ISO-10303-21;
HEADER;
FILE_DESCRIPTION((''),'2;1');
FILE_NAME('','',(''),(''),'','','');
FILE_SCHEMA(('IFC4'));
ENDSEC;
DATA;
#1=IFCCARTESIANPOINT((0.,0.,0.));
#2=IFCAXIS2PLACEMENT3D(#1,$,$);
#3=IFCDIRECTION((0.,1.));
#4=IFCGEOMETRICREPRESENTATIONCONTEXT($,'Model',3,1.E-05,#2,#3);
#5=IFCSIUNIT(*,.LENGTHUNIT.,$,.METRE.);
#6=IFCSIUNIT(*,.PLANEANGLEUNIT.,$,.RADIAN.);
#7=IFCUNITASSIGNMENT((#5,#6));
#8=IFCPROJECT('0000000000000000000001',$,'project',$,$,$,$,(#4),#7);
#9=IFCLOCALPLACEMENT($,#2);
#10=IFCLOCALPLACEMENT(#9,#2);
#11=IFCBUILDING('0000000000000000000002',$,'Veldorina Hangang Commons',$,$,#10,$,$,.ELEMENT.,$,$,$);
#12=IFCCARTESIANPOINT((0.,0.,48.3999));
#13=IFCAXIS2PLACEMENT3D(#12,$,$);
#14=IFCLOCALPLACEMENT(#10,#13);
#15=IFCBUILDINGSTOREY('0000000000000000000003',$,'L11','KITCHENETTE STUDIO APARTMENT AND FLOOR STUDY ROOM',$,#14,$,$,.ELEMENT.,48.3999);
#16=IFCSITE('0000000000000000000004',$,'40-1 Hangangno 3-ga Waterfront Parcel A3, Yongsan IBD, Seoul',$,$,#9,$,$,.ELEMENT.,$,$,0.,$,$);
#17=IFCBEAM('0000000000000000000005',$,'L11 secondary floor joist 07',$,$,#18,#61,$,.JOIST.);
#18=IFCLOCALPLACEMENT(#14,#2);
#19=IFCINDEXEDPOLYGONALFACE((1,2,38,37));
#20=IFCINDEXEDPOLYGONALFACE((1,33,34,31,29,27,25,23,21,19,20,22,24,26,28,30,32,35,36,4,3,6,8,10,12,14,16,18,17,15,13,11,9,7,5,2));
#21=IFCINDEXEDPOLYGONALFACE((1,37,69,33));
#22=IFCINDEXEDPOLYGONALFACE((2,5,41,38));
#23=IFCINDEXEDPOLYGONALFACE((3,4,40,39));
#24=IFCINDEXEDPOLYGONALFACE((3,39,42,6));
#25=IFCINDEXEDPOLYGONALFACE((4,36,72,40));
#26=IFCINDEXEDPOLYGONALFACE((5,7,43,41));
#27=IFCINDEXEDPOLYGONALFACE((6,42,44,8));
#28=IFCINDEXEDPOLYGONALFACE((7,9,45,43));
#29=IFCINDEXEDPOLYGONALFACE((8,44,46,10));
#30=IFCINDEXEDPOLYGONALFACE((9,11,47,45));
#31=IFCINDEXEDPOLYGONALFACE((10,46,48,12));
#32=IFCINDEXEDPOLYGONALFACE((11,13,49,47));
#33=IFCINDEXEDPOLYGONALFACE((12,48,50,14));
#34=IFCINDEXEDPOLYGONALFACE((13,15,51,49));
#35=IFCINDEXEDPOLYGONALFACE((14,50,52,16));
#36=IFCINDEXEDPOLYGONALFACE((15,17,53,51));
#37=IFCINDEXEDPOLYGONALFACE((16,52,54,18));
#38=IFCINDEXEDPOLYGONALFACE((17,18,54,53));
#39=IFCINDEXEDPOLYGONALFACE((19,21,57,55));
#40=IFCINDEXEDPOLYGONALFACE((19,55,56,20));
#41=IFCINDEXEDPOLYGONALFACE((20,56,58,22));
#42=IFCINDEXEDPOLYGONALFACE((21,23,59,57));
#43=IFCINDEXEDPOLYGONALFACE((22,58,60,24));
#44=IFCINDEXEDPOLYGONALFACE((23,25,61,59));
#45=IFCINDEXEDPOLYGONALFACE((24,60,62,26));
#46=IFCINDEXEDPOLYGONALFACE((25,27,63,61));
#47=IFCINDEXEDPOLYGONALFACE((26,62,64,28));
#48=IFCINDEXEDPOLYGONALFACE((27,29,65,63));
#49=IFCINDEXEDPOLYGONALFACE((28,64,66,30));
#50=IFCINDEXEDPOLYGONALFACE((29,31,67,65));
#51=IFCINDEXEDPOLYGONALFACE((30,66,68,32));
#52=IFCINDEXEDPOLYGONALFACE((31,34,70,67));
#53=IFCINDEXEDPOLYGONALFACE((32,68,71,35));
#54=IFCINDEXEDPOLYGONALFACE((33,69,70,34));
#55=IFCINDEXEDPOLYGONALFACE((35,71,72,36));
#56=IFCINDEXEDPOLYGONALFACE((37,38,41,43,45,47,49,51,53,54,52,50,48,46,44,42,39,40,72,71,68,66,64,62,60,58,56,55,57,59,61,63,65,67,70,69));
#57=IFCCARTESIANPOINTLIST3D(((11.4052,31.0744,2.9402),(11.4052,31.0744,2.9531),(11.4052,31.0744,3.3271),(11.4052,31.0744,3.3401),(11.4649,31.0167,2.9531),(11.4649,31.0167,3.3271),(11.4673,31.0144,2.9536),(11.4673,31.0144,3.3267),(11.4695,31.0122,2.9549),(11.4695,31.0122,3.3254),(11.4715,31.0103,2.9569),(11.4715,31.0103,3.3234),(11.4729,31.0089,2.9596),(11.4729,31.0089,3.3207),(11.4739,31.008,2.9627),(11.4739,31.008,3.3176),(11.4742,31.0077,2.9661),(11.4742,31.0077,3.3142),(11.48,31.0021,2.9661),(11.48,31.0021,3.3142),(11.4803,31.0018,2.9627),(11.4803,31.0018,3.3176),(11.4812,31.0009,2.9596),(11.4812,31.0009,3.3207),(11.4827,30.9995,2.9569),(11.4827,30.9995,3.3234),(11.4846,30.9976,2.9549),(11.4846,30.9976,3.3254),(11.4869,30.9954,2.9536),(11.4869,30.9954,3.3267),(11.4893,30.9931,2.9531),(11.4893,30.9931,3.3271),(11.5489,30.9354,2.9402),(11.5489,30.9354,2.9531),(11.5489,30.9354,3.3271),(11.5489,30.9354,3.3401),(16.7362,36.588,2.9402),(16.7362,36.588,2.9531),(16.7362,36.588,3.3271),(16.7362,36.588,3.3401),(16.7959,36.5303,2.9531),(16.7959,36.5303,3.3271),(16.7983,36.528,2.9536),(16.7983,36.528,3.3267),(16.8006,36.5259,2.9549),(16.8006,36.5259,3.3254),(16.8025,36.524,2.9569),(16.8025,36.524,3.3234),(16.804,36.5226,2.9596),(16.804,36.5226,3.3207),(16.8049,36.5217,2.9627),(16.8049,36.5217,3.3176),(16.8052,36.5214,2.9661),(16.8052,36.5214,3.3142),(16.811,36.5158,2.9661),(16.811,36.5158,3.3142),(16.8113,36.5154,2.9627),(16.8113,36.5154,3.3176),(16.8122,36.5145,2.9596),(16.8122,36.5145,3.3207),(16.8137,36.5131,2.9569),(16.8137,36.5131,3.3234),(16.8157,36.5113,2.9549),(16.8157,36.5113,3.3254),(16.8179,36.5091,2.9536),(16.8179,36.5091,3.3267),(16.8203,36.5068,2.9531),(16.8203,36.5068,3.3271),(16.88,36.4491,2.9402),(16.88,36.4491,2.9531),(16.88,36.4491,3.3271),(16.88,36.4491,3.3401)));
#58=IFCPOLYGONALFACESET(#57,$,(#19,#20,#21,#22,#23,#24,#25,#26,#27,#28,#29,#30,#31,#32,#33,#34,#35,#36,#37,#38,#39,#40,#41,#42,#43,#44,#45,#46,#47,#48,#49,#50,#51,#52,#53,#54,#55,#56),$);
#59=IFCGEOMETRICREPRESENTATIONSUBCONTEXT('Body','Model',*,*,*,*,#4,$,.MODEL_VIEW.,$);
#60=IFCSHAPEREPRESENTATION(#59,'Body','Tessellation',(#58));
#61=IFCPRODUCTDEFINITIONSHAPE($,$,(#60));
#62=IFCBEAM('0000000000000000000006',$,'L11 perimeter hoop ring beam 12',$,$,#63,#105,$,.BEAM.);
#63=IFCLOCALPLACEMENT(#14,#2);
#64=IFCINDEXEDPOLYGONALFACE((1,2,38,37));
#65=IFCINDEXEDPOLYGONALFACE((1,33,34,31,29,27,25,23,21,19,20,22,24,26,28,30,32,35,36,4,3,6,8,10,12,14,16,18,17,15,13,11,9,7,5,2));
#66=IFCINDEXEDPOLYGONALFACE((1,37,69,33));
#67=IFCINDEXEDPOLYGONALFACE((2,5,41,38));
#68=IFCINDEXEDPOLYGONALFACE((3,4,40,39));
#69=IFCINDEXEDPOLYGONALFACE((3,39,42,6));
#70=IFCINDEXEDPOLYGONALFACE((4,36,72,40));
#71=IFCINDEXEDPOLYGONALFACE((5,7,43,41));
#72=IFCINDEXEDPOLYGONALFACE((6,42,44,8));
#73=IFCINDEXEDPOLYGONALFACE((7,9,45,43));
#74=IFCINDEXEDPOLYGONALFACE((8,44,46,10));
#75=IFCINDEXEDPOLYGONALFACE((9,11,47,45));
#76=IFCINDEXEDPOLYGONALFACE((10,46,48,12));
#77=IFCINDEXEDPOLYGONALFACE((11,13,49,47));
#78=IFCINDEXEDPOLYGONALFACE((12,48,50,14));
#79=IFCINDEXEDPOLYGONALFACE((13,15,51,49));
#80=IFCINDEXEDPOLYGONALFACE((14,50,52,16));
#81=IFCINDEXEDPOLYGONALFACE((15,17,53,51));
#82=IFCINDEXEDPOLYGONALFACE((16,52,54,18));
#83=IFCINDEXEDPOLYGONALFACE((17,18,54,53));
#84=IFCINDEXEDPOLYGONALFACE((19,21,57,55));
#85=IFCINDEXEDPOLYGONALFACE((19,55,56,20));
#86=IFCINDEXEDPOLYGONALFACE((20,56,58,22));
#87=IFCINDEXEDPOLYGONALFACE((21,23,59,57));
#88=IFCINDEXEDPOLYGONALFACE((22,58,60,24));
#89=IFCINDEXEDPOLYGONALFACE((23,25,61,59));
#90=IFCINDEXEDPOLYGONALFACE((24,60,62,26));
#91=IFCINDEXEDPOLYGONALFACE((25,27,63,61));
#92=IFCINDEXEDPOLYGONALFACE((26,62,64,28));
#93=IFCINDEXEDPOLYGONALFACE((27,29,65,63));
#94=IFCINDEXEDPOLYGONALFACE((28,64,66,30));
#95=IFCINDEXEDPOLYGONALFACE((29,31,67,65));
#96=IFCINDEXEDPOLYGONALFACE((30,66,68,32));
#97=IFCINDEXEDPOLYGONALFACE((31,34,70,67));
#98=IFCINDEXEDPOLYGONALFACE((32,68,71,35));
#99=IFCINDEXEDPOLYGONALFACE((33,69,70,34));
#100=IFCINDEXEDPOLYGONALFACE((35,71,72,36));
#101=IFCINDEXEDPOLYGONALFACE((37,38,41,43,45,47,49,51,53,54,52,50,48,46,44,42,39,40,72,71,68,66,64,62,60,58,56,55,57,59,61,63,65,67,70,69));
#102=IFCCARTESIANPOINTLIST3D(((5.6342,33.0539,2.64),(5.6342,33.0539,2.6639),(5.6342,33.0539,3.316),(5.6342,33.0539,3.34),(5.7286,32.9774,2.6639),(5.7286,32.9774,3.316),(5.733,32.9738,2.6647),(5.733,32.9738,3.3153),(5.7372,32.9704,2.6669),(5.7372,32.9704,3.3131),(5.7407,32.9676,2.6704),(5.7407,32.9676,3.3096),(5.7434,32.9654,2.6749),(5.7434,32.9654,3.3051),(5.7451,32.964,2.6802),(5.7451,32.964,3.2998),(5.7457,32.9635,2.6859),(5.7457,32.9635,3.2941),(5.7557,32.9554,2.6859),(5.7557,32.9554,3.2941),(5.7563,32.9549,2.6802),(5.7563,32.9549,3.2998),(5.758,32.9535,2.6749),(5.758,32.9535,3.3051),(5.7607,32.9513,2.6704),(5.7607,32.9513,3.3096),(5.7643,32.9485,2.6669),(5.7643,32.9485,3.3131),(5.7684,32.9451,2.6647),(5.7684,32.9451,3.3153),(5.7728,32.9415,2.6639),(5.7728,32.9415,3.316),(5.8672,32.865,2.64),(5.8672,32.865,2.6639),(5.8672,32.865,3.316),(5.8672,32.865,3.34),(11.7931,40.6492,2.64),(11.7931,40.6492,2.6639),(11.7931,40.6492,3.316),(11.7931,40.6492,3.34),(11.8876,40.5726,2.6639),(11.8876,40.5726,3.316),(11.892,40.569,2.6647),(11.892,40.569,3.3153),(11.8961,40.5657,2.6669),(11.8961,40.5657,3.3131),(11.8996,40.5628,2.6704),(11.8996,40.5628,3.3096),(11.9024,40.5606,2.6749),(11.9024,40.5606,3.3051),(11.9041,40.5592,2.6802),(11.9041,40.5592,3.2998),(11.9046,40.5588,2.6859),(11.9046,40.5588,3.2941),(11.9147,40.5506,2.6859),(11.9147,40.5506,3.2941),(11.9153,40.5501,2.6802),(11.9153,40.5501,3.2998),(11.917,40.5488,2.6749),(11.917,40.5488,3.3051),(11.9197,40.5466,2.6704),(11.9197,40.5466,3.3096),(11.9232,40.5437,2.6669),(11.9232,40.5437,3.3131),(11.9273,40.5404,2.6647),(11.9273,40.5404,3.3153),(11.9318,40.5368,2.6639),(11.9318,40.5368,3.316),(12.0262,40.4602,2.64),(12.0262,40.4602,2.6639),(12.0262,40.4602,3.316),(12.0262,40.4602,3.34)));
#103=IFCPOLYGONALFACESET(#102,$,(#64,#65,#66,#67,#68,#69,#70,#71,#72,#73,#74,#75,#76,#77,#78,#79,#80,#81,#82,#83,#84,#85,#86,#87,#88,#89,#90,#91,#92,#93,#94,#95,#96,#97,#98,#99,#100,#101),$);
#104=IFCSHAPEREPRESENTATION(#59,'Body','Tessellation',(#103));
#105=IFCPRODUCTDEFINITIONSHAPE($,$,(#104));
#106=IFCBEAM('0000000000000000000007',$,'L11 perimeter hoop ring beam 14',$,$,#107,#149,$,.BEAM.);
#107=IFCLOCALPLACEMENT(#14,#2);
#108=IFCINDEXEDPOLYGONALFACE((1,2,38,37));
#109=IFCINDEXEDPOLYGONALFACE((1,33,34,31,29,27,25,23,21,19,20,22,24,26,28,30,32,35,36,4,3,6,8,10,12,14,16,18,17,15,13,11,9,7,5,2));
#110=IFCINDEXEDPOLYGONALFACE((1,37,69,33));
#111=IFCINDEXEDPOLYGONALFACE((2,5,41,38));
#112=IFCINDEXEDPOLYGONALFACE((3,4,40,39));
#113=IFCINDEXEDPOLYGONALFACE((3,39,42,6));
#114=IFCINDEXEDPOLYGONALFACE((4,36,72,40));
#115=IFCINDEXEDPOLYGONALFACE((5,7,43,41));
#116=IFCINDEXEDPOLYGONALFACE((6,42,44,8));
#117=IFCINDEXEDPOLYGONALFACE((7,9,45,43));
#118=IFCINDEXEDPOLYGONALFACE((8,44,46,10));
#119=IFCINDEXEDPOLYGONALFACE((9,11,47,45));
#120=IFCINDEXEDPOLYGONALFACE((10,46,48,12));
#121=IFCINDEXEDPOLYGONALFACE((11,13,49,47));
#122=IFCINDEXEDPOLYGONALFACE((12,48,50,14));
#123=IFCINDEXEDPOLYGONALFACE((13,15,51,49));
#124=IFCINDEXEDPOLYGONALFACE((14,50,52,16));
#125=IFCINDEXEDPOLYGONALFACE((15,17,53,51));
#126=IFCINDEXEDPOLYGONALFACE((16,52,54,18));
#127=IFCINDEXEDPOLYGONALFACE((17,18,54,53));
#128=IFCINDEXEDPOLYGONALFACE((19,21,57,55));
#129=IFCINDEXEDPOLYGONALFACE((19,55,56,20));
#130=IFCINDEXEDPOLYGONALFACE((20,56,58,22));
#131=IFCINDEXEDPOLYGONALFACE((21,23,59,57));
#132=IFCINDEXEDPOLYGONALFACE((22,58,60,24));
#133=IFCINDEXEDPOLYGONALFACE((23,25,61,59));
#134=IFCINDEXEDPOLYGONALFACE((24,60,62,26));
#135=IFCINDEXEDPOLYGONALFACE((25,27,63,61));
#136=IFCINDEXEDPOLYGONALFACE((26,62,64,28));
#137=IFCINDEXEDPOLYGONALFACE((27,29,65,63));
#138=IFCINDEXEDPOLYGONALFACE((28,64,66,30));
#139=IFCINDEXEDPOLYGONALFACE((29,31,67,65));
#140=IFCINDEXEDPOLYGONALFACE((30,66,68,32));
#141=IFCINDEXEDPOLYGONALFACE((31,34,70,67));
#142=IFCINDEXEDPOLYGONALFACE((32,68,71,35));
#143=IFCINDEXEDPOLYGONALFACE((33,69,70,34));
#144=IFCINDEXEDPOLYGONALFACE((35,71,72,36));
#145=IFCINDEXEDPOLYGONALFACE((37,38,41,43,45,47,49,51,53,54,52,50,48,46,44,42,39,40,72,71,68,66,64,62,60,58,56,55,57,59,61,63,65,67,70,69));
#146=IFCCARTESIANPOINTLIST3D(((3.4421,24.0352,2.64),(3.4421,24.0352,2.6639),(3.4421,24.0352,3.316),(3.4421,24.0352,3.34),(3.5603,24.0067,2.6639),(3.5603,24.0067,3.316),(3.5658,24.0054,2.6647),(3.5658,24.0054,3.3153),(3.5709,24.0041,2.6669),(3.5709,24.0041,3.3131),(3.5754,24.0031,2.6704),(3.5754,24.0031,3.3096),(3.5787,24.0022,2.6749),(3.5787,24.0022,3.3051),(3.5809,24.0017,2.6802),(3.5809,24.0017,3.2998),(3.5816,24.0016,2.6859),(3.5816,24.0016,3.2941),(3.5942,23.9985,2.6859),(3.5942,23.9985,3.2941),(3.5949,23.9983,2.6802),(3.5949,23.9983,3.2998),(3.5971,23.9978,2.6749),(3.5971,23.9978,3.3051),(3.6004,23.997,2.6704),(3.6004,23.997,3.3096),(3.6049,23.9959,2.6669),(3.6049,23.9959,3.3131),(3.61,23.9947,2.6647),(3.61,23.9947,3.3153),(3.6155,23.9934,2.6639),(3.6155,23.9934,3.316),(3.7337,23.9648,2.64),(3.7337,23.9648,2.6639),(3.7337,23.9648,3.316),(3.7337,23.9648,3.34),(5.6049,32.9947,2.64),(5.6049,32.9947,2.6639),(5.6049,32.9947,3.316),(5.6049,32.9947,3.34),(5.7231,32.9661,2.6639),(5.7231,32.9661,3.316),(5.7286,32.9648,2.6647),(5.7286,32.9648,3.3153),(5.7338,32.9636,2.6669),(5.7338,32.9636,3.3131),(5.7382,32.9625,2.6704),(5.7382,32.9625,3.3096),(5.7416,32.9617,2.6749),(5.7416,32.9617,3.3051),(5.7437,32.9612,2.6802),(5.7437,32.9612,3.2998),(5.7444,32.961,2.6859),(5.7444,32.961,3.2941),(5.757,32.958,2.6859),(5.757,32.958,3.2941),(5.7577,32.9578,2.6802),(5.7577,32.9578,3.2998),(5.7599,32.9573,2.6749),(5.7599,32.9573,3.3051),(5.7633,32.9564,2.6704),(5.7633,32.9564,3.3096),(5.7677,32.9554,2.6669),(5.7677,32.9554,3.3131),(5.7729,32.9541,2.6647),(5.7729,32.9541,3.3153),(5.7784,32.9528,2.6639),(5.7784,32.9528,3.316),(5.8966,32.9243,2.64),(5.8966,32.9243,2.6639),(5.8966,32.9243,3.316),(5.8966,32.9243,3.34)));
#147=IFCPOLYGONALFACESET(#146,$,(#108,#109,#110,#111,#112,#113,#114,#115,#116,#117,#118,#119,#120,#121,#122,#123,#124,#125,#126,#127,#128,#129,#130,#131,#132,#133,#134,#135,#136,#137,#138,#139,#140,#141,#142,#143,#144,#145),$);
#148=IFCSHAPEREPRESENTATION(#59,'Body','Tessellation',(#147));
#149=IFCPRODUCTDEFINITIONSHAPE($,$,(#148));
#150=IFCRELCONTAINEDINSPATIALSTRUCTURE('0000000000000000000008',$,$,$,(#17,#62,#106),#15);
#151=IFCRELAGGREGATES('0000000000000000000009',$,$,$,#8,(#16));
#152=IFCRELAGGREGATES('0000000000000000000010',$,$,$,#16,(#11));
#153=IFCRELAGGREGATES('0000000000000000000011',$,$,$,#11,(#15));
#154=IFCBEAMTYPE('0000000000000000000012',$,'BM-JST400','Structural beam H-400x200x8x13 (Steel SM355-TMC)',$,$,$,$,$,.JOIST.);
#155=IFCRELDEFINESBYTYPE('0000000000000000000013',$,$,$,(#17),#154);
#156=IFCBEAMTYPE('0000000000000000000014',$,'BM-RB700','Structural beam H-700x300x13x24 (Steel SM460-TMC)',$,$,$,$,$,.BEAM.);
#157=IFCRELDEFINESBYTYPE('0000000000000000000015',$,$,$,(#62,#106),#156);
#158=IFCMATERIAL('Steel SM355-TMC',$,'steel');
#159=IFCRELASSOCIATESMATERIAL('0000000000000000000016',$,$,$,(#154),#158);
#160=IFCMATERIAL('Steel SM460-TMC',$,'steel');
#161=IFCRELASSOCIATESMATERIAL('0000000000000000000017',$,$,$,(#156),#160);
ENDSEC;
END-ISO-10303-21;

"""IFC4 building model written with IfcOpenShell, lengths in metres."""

from ifc_helpers import new_model, si_unit, direction, frame, origin, origin_2d, place, context, subcontext, project, spatial, i_section, extrude, material, material_profile, profile_set, type_object, element, save


model = new_model("IFC4")

# Units and contexts
model_context = context("Model", 3, precision=1e-05, world=origin(), true_north=direction((0.0, 1.0)))
body_context = subcontext(model_context, "Body", "Model", "MODEL_VIEW")
ifc_project = project(units=[si_unit("LENGTHUNIT", "METRE"), si_unit("PLANEANGLEUNIT", "RADIAN")], contexts=[model_context])

# Site, building, storey
site_placement = place(None, origin())
site = spatial("IfcSite", under=ifc_project, at=site_placement, Name="40-1 Hangangno 3-ga Waterfront Parcel A3, Yongsan IBD, Seoul", CompositionType="ELEMENT", RefElevation=0.0)
building_placement = place(site_placement, origin())
building = spatial("IfcBuilding", under=site, at=building_placement, Name="Veldorina Hangang Commons", CompositionType="ELEMENT")
storey_placement = place(building_placement, frame((0.0, 0.0, 48.3999)))
storey = spatial("IfcBuildingStorey", under=building, at=storey_placement, Name="L11", Description="KITCHENETTE STUDIO APARTMENT AND FLOOR STUDY ROOM", CompositionType="ELEMENT", Elevation=48.3999)

# Beams
ifc_material_1 = material(Name="Steel SM355-TMC", Category="steel")
ifc_material_profile_1 = material_profile(ifc_material_1, i_section(OverallWidth=0.2, OverallDepth=0.3999, WebThickness=0.0081, FlangeThickness=0.0129, FilletRadius=0.0129, at=origin_2d()), Name="H-400x200x8x13")
ifc_profile_set_1 = profile_set([ifc_material_profile_1], Name="Steel SM355-TMC")
beam_type_1 = type_object("IfcBeamType", Name="BM-JST400", Description="Structural beam H-400x200x8x13 (Steel SM355-TMC)", PredefinedType="JOIST", material=ifc_profile_set_1)
beam_1_placement = place(storey_placement, frame((16.8081, 36.5186, 3.1401), z_axis=(-0.695101, -0.718912, 0.0), x_axis=(0.718912, -0.695101, 0.0)))
element("IfcBeam", 1, at=beam_1_placement, inside=storey, type_object=beam_type_1, Name="L11 secondary floor joist 07", PredefinedType="JOIST", context=body_context, shape_type="SweptSolid", body=[
    extrude(i_section(OverallWidth=0.2, OverallDepth=0.3999, WebThickness=0.0081, FlangeThickness=0.0129, FilletRadius=0.0129, at=origin_2d()), origin(), (0.0, 0.0, 1.0), 7.6694),
])
ifc_material_2 = material(Name="Steel SM460-TMC", Category="steel")
ifc_material_profile_2 = material_profile(ifc_material_2, i_section(OverallWidth=0.3, OverallDepth=0.7, WebThickness=0.0129, FlangeThickness=0.0239, FilletRadius=0.022, at=origin_2d()), Name="H-700x300x13x24")
ifc_profile_set_2 = profile_set([ifc_material_profile_2], Name="Steel SM460-TMC")
beam_type_2 = type_object("IfcBeamType", Name="BM-RB700", Description="Structural beam H-700x300x13x24 (Steel SM460-TMC)", PredefinedType="BEAM", material=ifc_profile_set_2)
beam_2_placement = place(storey_placement, frame((11.9097, 40.5547, 2.99), z_axis=(-0.629842, -0.776723, 0.0), x_axis=(0.776723, -0.629842, 0.0)))
element("IfcBeam", 2, at=beam_2_placement, inside=storey, type_object=beam_type_2, Name="L11 perimeter hoop ring beam 12", PredefinedType="BEAM", context=body_context, shape_type="SweptSolid", body=[
    extrude(i_section(OverallWidth=0.3, OverallDepth=0.7, WebThickness=0.0129, FlangeThickness=0.0239, FilletRadius=0.022, at=origin_2d()), origin(), (0.0, 0.0, 1.0), 9.7786),
])
beam_3_placement = place(storey_placement, frame((5.7507, 32.9595, 2.99), z_axis=(-0.234662, -0.972077, 0.0), x_axis=(0.972077, -0.234662, 0.0)))
element("IfcBeam", 3, at=beam_3_placement, inside=storey, type_object=beam_type_2, Name="L11 perimeter hoop ring beam 14", PredefinedType="BEAM", context=body_context, shape_type="SweptSolid", body=[
    extrude(i_section(OverallWidth=0.3, OverallDepth=0.7, WebThickness=0.0129, FlangeThickness=0.0239, FilletRadius=0.022, at=origin_2d()), origin(), (0.0, 0.0, 1.0), 9.2168),
])

save(model, "model.ifc")
